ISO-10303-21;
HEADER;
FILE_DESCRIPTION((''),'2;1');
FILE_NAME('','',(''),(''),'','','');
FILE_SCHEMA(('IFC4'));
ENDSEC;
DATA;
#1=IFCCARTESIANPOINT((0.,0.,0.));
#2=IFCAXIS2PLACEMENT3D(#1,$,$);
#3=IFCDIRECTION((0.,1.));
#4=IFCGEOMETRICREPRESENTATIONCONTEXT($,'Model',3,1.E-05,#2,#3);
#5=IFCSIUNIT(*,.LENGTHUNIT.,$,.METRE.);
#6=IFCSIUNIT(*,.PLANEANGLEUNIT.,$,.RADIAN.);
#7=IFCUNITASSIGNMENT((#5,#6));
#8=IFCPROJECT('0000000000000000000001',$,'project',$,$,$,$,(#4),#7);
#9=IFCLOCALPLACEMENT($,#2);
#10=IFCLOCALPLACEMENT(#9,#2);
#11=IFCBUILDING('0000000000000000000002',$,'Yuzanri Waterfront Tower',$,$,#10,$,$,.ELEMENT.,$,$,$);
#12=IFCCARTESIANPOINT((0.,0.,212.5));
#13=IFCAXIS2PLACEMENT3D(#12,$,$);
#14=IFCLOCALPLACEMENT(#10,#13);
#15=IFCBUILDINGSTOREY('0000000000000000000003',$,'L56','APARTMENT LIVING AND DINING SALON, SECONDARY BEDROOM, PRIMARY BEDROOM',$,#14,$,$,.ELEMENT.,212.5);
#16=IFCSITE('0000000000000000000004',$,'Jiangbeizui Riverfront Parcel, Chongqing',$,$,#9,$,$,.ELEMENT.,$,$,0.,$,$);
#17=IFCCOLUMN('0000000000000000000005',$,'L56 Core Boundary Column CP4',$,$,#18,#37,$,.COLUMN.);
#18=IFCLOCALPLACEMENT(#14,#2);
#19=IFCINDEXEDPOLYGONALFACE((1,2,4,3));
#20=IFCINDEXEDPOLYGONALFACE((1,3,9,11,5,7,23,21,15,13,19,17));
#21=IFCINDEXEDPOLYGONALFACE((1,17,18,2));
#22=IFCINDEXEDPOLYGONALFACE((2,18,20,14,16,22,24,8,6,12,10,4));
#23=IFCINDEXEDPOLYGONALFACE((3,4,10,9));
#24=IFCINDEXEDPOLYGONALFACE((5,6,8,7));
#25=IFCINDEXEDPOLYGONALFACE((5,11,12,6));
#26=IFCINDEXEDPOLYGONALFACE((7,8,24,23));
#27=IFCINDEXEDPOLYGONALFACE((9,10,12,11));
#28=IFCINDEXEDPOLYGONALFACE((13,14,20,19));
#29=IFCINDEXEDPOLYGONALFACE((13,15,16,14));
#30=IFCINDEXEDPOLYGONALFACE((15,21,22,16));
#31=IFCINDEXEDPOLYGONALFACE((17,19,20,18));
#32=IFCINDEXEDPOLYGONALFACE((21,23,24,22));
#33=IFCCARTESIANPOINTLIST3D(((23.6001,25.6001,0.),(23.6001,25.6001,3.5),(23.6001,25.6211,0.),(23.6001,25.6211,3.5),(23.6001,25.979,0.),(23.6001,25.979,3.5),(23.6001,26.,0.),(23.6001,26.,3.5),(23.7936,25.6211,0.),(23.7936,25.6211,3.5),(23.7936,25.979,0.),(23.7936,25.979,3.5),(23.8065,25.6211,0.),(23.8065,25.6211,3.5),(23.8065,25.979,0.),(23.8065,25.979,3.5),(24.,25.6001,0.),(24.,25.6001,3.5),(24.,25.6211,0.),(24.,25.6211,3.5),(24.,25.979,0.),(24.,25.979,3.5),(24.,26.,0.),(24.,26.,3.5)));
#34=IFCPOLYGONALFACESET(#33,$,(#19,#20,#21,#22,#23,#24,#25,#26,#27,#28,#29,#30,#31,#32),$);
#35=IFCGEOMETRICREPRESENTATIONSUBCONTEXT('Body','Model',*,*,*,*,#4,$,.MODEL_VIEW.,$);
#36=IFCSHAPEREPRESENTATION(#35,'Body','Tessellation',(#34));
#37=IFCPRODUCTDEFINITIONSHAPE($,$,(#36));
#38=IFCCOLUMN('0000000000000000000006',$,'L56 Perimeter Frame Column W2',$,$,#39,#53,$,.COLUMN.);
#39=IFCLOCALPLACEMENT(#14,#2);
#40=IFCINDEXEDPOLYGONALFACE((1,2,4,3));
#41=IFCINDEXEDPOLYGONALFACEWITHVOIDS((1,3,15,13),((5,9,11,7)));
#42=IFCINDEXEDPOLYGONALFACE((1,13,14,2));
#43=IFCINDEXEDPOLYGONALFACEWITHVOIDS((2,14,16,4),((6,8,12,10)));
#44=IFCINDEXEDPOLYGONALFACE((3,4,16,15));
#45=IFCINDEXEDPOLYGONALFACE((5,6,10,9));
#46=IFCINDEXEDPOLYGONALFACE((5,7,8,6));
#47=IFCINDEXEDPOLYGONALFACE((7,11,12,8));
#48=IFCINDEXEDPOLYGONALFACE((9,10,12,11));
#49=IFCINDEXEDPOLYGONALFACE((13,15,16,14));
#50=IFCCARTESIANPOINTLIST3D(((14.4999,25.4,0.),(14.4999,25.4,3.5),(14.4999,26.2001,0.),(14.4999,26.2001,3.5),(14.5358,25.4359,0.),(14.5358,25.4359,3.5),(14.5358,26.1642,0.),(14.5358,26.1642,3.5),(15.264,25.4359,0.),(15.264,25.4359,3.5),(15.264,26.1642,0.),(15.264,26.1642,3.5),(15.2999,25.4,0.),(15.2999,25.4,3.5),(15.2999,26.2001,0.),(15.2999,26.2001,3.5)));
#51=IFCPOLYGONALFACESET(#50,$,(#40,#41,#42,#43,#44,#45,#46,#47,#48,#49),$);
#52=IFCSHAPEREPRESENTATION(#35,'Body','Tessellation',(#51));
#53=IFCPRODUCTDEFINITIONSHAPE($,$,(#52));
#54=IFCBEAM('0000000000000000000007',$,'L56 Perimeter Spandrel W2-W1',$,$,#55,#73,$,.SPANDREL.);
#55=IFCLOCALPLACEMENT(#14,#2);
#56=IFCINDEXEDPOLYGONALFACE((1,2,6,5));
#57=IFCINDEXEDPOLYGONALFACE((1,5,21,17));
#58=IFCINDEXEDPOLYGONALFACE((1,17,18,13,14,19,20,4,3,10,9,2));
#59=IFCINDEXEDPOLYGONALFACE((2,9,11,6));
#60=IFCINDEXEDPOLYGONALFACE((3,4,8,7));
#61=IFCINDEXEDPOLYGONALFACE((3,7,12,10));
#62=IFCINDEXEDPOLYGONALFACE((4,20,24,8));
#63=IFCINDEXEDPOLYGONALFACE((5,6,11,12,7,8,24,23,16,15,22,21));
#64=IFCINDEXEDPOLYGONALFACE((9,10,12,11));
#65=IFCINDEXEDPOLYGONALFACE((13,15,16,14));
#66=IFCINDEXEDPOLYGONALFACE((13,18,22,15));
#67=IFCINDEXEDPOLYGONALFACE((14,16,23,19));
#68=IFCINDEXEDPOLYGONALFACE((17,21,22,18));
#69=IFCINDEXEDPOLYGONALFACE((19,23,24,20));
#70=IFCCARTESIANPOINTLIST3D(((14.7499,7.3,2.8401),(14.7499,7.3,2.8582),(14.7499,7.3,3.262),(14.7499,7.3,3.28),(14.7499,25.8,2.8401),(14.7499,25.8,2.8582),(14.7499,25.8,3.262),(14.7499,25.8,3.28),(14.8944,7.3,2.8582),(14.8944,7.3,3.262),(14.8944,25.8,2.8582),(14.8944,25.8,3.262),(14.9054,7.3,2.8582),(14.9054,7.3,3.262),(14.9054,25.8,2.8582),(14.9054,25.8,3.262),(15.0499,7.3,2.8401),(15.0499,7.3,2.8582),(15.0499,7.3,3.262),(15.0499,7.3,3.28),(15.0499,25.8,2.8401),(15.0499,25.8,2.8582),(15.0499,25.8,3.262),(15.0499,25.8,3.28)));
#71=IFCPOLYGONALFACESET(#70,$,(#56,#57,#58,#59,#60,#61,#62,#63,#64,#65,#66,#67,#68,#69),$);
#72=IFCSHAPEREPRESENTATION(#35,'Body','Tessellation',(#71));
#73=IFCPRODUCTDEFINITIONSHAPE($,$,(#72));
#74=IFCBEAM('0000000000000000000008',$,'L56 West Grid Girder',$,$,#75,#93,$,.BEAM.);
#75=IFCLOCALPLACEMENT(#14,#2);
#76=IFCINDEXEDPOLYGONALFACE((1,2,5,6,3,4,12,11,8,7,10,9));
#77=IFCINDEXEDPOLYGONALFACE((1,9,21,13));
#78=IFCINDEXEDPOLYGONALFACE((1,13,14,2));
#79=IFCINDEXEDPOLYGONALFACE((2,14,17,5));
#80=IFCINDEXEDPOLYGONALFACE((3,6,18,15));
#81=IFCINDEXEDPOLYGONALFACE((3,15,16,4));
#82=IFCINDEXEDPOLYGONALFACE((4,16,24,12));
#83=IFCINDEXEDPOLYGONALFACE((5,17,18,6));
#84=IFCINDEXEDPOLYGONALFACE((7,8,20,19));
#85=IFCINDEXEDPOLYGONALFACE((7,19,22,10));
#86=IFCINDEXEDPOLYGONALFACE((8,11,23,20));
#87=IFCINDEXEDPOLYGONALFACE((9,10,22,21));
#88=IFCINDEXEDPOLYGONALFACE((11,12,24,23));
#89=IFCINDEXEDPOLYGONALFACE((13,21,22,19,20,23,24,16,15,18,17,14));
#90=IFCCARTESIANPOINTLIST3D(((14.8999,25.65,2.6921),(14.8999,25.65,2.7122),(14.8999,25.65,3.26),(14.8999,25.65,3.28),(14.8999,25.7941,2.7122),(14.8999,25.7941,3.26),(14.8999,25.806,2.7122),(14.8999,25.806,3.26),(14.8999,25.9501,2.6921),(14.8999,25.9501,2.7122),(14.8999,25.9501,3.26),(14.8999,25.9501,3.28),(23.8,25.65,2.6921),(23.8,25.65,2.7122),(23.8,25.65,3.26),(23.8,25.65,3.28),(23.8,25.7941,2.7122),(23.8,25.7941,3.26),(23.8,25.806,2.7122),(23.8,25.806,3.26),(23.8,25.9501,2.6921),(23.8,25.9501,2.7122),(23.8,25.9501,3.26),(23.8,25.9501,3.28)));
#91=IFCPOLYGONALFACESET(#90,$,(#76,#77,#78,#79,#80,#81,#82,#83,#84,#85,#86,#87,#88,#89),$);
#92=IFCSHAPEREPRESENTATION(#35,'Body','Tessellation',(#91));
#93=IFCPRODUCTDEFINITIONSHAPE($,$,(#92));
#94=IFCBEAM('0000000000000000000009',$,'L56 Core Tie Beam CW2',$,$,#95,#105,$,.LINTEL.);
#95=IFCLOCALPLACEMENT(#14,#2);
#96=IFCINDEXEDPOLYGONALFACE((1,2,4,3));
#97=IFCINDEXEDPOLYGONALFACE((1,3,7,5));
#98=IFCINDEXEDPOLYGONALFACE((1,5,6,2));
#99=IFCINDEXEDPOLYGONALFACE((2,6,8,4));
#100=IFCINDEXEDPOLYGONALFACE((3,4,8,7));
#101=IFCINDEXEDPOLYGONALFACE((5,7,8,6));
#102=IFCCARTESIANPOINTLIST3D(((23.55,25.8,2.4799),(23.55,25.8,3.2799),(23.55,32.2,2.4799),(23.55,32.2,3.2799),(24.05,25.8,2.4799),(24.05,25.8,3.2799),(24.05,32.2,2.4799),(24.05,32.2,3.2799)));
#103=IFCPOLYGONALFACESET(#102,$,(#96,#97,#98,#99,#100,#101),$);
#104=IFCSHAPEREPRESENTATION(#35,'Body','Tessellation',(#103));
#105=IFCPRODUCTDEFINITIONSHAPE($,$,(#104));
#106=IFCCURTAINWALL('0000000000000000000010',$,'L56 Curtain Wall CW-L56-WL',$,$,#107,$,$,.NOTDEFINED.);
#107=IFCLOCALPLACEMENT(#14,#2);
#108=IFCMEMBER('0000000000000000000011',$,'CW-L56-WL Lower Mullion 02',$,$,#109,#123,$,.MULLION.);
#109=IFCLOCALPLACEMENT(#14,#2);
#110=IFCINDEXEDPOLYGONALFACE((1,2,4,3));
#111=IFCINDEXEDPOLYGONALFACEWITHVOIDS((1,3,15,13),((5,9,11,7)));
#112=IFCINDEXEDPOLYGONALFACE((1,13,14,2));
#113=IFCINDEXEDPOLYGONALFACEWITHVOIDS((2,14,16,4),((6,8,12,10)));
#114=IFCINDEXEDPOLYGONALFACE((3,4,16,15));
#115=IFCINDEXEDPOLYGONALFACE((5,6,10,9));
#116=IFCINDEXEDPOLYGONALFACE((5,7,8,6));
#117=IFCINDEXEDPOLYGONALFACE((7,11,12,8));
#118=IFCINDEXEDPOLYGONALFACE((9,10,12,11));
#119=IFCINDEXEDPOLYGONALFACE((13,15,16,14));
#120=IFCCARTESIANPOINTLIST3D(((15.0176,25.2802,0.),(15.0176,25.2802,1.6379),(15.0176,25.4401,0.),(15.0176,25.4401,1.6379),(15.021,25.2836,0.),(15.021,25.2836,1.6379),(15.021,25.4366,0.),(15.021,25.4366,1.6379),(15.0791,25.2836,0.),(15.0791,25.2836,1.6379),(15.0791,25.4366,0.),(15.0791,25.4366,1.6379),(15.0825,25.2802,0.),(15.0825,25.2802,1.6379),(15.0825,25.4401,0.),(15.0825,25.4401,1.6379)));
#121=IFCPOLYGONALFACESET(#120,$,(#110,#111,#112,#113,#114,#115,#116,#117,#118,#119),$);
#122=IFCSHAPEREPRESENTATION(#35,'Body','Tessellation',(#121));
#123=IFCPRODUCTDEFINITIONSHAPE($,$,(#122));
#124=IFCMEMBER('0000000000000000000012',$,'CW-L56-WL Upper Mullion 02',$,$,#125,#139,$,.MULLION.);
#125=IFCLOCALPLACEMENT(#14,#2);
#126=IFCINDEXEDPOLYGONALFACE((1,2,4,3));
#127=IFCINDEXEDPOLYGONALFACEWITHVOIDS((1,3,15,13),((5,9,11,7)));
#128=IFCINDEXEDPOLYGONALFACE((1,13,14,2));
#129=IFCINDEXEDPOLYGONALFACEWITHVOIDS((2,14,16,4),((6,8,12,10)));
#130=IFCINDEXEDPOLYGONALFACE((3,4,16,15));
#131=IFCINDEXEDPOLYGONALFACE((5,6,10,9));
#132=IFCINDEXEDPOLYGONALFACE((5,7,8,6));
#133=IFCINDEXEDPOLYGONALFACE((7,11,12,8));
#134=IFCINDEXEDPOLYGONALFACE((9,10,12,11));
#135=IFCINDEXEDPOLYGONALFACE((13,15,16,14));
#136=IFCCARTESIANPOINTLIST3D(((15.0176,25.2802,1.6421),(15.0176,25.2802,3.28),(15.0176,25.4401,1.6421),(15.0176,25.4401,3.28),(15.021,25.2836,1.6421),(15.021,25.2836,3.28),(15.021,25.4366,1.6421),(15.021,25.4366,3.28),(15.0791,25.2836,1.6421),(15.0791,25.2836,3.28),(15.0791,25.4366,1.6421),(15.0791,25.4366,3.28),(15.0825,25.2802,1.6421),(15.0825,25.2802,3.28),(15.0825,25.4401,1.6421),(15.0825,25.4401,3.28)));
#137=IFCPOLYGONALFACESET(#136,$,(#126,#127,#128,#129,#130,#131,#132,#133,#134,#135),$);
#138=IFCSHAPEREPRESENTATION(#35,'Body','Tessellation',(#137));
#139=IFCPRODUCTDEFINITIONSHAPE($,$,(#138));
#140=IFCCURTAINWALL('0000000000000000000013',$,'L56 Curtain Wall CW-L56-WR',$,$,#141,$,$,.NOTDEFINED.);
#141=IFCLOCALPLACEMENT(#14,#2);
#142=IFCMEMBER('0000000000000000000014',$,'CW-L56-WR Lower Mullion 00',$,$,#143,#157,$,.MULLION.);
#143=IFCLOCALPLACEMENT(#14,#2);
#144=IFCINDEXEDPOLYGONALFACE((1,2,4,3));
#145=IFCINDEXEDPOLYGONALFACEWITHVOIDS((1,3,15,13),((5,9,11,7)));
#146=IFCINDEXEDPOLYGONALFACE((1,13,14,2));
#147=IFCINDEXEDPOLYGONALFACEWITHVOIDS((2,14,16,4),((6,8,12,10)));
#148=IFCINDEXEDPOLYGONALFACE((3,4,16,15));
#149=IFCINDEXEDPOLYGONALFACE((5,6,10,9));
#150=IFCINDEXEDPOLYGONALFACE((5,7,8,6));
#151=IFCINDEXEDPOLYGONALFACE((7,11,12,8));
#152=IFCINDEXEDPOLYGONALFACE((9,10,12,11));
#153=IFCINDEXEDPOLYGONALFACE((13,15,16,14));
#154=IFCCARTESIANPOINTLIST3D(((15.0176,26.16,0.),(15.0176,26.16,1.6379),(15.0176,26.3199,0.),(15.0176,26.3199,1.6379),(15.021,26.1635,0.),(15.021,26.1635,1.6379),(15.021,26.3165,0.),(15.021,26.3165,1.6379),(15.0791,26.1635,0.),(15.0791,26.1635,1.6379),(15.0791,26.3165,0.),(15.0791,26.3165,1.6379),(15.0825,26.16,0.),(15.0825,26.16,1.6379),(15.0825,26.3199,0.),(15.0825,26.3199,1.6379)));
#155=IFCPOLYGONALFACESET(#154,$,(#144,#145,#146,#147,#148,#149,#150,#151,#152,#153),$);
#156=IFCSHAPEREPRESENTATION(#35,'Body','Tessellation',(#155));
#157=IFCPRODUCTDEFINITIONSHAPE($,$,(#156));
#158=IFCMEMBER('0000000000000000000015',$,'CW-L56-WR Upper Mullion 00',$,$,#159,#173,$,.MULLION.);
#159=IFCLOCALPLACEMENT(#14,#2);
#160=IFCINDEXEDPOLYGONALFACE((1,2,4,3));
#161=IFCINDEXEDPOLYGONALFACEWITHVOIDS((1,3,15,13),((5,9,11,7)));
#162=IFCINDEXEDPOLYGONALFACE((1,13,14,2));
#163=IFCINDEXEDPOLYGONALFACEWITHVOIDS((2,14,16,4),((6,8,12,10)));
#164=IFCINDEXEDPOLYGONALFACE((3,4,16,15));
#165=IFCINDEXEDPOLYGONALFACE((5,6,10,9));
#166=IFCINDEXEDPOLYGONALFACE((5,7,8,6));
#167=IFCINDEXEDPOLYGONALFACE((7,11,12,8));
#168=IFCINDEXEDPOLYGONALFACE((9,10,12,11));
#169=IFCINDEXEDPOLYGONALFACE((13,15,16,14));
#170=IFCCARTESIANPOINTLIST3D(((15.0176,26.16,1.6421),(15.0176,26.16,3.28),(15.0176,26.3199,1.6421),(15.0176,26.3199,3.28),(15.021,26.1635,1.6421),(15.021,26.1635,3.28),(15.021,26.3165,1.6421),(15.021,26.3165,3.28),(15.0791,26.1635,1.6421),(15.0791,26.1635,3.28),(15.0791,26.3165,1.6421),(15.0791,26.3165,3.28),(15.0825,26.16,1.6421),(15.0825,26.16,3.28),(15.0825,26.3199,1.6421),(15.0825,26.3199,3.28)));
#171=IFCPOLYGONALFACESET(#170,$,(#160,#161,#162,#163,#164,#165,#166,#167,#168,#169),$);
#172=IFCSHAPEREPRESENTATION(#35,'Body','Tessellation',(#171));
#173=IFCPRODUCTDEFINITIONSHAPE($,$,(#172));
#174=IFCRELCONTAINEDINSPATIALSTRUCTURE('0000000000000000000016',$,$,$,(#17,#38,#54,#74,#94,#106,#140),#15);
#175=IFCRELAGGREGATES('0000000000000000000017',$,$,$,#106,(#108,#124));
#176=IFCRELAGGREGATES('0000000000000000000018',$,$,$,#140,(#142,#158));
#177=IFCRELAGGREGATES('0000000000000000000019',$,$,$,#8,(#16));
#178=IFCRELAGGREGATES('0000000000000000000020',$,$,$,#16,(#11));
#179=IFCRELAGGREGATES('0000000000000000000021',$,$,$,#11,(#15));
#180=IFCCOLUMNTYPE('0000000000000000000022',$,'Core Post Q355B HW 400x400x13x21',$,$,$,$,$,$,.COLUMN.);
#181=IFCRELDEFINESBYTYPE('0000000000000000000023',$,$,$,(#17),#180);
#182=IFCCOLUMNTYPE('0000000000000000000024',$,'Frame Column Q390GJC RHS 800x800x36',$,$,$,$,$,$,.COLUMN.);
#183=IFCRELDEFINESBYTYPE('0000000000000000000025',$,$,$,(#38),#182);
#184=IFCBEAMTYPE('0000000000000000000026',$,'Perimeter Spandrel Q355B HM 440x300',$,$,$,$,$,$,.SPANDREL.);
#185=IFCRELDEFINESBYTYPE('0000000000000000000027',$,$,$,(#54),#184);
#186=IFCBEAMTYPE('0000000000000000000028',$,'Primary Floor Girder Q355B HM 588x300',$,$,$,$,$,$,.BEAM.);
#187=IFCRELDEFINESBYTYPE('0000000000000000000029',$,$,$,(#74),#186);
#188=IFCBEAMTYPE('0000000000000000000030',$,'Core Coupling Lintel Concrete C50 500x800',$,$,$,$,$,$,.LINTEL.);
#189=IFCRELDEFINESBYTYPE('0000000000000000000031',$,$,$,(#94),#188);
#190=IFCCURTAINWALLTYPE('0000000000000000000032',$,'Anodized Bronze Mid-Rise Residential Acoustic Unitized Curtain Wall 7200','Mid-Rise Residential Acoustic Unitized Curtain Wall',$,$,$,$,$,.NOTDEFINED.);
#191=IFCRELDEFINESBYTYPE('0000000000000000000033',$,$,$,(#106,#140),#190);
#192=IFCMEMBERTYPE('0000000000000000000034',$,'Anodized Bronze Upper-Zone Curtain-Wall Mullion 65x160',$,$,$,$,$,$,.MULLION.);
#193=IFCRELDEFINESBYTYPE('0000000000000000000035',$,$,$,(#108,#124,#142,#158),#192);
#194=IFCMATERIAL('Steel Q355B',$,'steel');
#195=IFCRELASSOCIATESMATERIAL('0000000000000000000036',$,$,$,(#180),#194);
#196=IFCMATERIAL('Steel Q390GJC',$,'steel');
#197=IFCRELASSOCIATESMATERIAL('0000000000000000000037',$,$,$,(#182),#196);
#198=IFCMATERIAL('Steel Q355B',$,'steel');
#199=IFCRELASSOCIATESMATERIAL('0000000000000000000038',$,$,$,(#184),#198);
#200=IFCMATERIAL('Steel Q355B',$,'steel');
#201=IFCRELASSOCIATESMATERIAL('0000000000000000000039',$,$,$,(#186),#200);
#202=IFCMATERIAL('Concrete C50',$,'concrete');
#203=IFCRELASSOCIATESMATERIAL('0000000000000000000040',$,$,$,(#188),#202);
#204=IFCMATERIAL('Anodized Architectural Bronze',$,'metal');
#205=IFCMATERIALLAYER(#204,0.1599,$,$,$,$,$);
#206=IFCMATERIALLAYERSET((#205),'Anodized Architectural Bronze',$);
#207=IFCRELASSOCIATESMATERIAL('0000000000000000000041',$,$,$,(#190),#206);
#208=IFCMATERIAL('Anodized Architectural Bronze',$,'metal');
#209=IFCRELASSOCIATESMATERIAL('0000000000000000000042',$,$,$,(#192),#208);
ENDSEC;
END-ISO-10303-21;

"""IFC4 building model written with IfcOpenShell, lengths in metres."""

from ifc_helpers import new_model, si_unit, direction, frame, origin, origin_2d, place, context, subcontext, project, spatial, rectangle, hollow_rectangle, i_section, extrude, source, transform, mapped, material, layer, layer_set, material_profile, profile_set, type_object, element, aggregate, save


model = new_model("IFC4")

# Units and contexts
model_context = context("Model", 3, precision=1e-05, world=origin(), true_north=direction((0.0, 1.0)))
body_context = subcontext(model_context, "Body", "Model", "MODEL_VIEW")
ifc_project = project(units=[si_unit("LENGTHUNIT", "METRE"), si_unit("PLANEANGLEUNIT", "RADIAN")], contexts=[model_context])

# Site, building, storey
site_placement = place(None, origin())
site = spatial("IfcSite", under=ifc_project, at=site_placement, Name="Jiangbeizui Riverfront Parcel, Chongqing", CompositionType="ELEMENT", RefElevation=0.0)
building_placement = place(site_placement, origin())
building = spatial("IfcBuilding", under=site, at=building_placement, Name="Yuzanri Waterfront Tower", CompositionType="ELEMENT")
storey_placement = place(building_placement, frame((0.0, 0.0, 212.5)))
storey = spatial("IfcBuildingStorey", under=building, at=storey_placement, Name="L56", Description="APARTMENT LIVING AND DINING SALON, SECONDARY BEDROOM, PRIMARY BEDROOM", CompositionType="ELEMENT", Elevation=212.5)

# Columns
ifc_material_1 = material(Name="Steel Q355B", Category="steel")
ifc_material_profile_1 = material_profile(ifc_material_1, i_section(OverallWidth=0.3999, OverallDepth=0.3999, WebThickness=0.0129, FlangeThickness=0.021, at=origin_2d()), Name="HW 400x400x13x21")
ifc_profile_set_1 = profile_set([ifc_material_profile_1], Name="Steel Q355B")
column_type_1 = type_object("IfcColumnType", Name="Core Post Q355B HW 400x400x13x21", PredefinedType="COLUMN", material=ifc_profile_set_1)
shared_shape_1 = source(origin(), body_context, "Body", "SweptSolid", [
    extrude(i_section(OverallWidth=0.3999, OverallDepth=0.3999, WebThickness=0.0129, FlangeThickness=0.021, at=origin_2d()), origin(), (0.0, 0.0, 1.0), 3.5),
])
column_1_placement = place(storey_placement, frame((23.8, 25.8, 0.0), z_axis=(0.0, 0.0, 1.0), x_axis=(1.0, 0.0, 0.0)))
element("IfcColumn", 1, at=column_1_placement, inside=storey, type_object=column_type_1, Name="L56 Core Boundary Column CP4", PredefinedType="COLUMN", context=body_context, shape_type="MappedRepresentation", body=[
    mapped(shared_shape_1, transform((0.0, 0.0, 0.0), scale=1.0)),
])
ifc_material_2 = material(Name="Steel Q390GJC", Category="steel")
ifc_material_profile_2 = material_profile(ifc_material_2, hollow_rectangle(XDim=0.8, YDim=0.8, WallThickness=0.0359, at=origin_2d()), Name="RHS 800x800x36")
ifc_profile_set_2 = profile_set([ifc_material_profile_2], Name="Steel Q390GJC")
column_type_2 = type_object("IfcColumnType", Name="Frame Column Q390GJC RHS 800x800x36", PredefinedType="COLUMN", material=ifc_profile_set_2)
shared_shape_2 = source(origin(), body_context, "Body", "SweptSolid", [
    extrude(hollow_rectangle(XDim=0.8, YDim=0.8, WallThickness=0.0359, at=origin_2d()), origin(), (0.0, 0.0, 1.0), 3.5),
])
column_2_placement = place(storey_placement, frame((14.8999, 25.8, 0.0), z_axis=(0.0, 0.0, 1.0), x_axis=(1.0, 0.0, 0.0)))
element("IfcColumn", 2, at=column_2_placement, inside=storey, type_object=column_type_2, Name="L56 Perimeter Frame Column W2", PredefinedType="COLUMN", context=body_context, shape_type="MappedRepresentation", body=[
    mapped(shared_shape_2, transform((0.0, 0.0, 0.0), scale=1.0)),
])

# Beams
ifc_material_3 = material(Name="Steel Q355B", Category="steel")
ifc_material_profile_3 = material_profile(ifc_material_3, i_section(OverallWidth=0.3, OverallDepth=0.4399, WebThickness=0.011, FlangeThickness=0.0181, at=origin_2d()), Name="HM 440x300x11x18")
ifc_profile_set_3 = profile_set([ifc_material_profile_3], Name="Steel Q355B")
beam_type_1 = type_object("IfcBeamType", Name="Perimeter Spandrel Q355B HM 440x300", PredefinedType="SPANDREL", material=ifc_profile_set_3)
shared_shape_3 = source(origin(), body_context, "Body", "SweptSolid", [
    extrude(i_section(OverallWidth=0.3, OverallDepth=0.4399, WebThickness=0.011, FlangeThickness=0.0181, at=origin_2d()), origin(), (0.0, 0.0, 1.0), 18.5),
])
beam_1_placement = place(storey_placement, frame((14.8999, 25.8, 3.0601), z_axis=(0.0, -1.0, 0.0), x_axis=(1.0, 0.0, 0.0)))
element("IfcBeam", 3, at=beam_1_placement, inside=storey, type_object=beam_type_1, Name="L56 Perimeter Spandrel W2-W1", PredefinedType="SPANDREL", context=body_context, shape_type="MappedRepresentation", body=[
    mapped(shared_shape_3, transform((0.0, 0.0, 0.0), scale=1.0)),
])
ifc_material_4 = material(Name="Steel Q355B", Category="steel")
ifc_material_profile_4 = material_profile(ifc_material_4, i_section(OverallWidth=0.3, OverallDepth=0.5879, WebThickness=0.012, FlangeThickness=0.02, at=origin_2d()), Name="HM 588x300x12x20")
ifc_profile_set_4 = profile_set([ifc_material_profile_4], Name="Steel Q355B")
beam_type_2 = type_object("IfcBeamType", Name="Primary Floor Girder Q355B HM 588x300", PredefinedType="BEAM", material=ifc_profile_set_4)
shared_shape_4 = source(origin(), body_context, "Body", "SweptSolid", [
    extrude(i_section(OverallWidth=0.3, OverallDepth=0.5879, WebThickness=0.012, FlangeThickness=0.02, at=origin_2d()), origin(), (0.0, 0.0, 1.0), 8.9001),
])
beam_2_placement = place(storey_placement, frame((23.8, 25.8, 2.9861), z_axis=(-1.0, 0.0, 0.0), x_axis=(0.0, -1.0, 0.0)))
element("IfcBeam", 4, at=beam_2_placement, inside=storey, type_object=beam_type_2, Name="L56 West Grid Girder", PredefinedType="BEAM", context=body_context, shape_type="MappedRepresentation", body=[
    mapped(shared_shape_4, transform((0.0, 0.0, 0.0), scale=1.0)),
])
ifc_material_5 = material(Name="Concrete C50", Category="concrete")
ifc_material_profile_5 = material_profile(ifc_material_5, rectangle(XDim=0.5, YDim=0.8, at=origin_2d()), Name="RC 500x800")
ifc_profile_set_5 = profile_set([ifc_material_profile_5], Name="Concrete C50")
beam_type_3 = type_object("IfcBeamType", Name="Core Coupling Lintel Concrete C50 500x800", PredefinedType="LINTEL", material=ifc_profile_set_5)
shared_shape_5 = source(origin(), body_context, "Body", "SweptSolid", [
    extrude(rectangle(XDim=0.5, YDim=0.8, at=origin_2d()), origin(), (0.0, 0.0, 1.0), 6.3999),
])
beam_3_placement = place(storey_placement, frame((23.8, 25.8, 2.8799), z_axis=(0.0, 1.0, 0.0), x_axis=(-1.0, 0.0, 0.0)))
element("IfcBeam", 5, at=beam_3_placement, inside=storey, type_object=beam_type_3, Name="L56 Core Tie Beam CW2", PredefinedType="LINTEL", context=body_context, shape_type="MappedRepresentation", body=[
    mapped(shared_shape_5, transform((0.0, 0.0, 0.0), scale=1.0)),
])

# Curtain wall, members
ifc_material_6 = material(Name="Anodized Architectural Bronze", Category="metal")
ifc_layer_1 = layer(ifc_material_6, 0.1599)
ifc_layer_set_1 = layer_set([ifc_layer_1], Name="Anodized Architectural Bronze")
curtain_wall_type = type_object("IfcCurtainWallType", Name="Anodized Bronze Mid-Rise Residential Acoustic Unitized Curtain Wall 7200", Description="Mid-Rise Residential Acoustic Unitized Curtain Wall", PredefinedType="NOTDEFINED", material=ifc_layer_set_1)
curtain_wall_1_placement = place(storey_placement, origin())
curtain_wall_1 = element("IfcCurtainWall", 6, at=curtain_wall_1_placement, inside=storey, type_object=curtain_wall_type, Name="L56 Curtain Wall CW-L56-WL", PredefinedType="NOTDEFINED")
ifc_material_7 = material(Name="Anodized Architectural Bronze", Category="metal")
ifc_material_profile_6 = material_profile(ifc_material_7, hollow_rectangle(XDim=0.0649, YDim=0.1599, WallThickness=0.0034, at=origin_2d()), Name="CWM 65x160")
ifc_profile_set_6 = profile_set([ifc_material_profile_6], Name="Anodized Architectural Bronze")
member_type_1 = type_object("IfcMemberType", Name="Anodized Bronze Upper-Zone Curtain-Wall Mullion 65x160", PredefinedType="MULLION", material=ifc_profile_set_6)
shared_shape_6 = source(origin(), body_context, "Body", "SweptSolid", [
    extrude(hollow_rectangle(XDim=0.0649, YDim=0.1599, WallThickness=0.0034, at=origin_2d()), origin(), (0.0, 0.0, 1.0), 1.6379),
])
member_1_placement = place(storey_placement, frame((15.05, 25.3601, 0.0), z_axis=(0.0, 0.0, 1.0), x_axis=(1.0, 0.0, 0.0)))
member_1 = element("IfcMember", 7, at=member_1_placement, type_object=member_type_1, Name="CW-L56-WL Lower Mullion 02", PredefinedType="MULLION", context=body_context, shape_type="MappedRepresentation", body=[
    mapped(shared_shape_6, transform((0.0, 0.0, 0.0), scale=1.0)),
])
member_2_placement = place(storey_placement, frame((15.05, 25.3601, 1.6421), z_axis=(0.0, 0.0, 1.0), x_axis=(1.0, 0.0, 0.0)))
member_2 = element("IfcMember", 8, at=member_2_placement, type_object=member_type_1, Name="CW-L56-WL Upper Mullion 02", PredefinedType="MULLION", context=body_context, shape_type="MappedRepresentation", body=[
    mapped(shared_shape_6, transform((0.0, 0.0, 0.0), scale=1.0)),
])
aggregate(curtain_wall_1, [member_1, member_2])

# Curtain wall, members
curtain_wall_2_placement = place(storey_placement, origin())
curtain_wall_2 = element("IfcCurtainWall", 9, at=curtain_wall_2_placement, inside=storey, type_object=curtain_wall_type, Name="L56 Curtain Wall CW-L56-WR", PredefinedType="NOTDEFINED")
member_3_placement = place(storey_placement, frame((15.05, 26.24, 0.0), z_axis=(0.0, 0.0, 1.0), x_axis=(1.0, 0.0, 0.0)))
member_3 = element("IfcMember", 10, at=member_3_placement, type_object=member_type_1, Name="CW-L56-WR Lower Mullion 00", PredefinedType="MULLION", context=body_context, shape_type="MappedRepresentation", body=[
    mapped(shared_shape_6, transform((0.0, 0.0, 0.0), scale=1.0)),
])
member_4_placement = place(storey_placement, frame((15.05, 26.24, 1.6421), z_axis=(0.0, 0.0, 1.0), x_axis=(1.0, 0.0, 0.0)))
member_4 = element("IfcMember", 11, at=member_4_placement, type_object=member_type_1, Name="CW-L56-WR Upper Mullion 00", PredefinedType="MULLION", context=body_context, shape_type="MappedRepresentation", body=[
    mapped(shared_shape_6, transform((0.0, 0.0, 0.0), scale=1.0)),
])
aggregate(curtain_wall_2, [member_3, member_4])

save(model, "model.ifc")
